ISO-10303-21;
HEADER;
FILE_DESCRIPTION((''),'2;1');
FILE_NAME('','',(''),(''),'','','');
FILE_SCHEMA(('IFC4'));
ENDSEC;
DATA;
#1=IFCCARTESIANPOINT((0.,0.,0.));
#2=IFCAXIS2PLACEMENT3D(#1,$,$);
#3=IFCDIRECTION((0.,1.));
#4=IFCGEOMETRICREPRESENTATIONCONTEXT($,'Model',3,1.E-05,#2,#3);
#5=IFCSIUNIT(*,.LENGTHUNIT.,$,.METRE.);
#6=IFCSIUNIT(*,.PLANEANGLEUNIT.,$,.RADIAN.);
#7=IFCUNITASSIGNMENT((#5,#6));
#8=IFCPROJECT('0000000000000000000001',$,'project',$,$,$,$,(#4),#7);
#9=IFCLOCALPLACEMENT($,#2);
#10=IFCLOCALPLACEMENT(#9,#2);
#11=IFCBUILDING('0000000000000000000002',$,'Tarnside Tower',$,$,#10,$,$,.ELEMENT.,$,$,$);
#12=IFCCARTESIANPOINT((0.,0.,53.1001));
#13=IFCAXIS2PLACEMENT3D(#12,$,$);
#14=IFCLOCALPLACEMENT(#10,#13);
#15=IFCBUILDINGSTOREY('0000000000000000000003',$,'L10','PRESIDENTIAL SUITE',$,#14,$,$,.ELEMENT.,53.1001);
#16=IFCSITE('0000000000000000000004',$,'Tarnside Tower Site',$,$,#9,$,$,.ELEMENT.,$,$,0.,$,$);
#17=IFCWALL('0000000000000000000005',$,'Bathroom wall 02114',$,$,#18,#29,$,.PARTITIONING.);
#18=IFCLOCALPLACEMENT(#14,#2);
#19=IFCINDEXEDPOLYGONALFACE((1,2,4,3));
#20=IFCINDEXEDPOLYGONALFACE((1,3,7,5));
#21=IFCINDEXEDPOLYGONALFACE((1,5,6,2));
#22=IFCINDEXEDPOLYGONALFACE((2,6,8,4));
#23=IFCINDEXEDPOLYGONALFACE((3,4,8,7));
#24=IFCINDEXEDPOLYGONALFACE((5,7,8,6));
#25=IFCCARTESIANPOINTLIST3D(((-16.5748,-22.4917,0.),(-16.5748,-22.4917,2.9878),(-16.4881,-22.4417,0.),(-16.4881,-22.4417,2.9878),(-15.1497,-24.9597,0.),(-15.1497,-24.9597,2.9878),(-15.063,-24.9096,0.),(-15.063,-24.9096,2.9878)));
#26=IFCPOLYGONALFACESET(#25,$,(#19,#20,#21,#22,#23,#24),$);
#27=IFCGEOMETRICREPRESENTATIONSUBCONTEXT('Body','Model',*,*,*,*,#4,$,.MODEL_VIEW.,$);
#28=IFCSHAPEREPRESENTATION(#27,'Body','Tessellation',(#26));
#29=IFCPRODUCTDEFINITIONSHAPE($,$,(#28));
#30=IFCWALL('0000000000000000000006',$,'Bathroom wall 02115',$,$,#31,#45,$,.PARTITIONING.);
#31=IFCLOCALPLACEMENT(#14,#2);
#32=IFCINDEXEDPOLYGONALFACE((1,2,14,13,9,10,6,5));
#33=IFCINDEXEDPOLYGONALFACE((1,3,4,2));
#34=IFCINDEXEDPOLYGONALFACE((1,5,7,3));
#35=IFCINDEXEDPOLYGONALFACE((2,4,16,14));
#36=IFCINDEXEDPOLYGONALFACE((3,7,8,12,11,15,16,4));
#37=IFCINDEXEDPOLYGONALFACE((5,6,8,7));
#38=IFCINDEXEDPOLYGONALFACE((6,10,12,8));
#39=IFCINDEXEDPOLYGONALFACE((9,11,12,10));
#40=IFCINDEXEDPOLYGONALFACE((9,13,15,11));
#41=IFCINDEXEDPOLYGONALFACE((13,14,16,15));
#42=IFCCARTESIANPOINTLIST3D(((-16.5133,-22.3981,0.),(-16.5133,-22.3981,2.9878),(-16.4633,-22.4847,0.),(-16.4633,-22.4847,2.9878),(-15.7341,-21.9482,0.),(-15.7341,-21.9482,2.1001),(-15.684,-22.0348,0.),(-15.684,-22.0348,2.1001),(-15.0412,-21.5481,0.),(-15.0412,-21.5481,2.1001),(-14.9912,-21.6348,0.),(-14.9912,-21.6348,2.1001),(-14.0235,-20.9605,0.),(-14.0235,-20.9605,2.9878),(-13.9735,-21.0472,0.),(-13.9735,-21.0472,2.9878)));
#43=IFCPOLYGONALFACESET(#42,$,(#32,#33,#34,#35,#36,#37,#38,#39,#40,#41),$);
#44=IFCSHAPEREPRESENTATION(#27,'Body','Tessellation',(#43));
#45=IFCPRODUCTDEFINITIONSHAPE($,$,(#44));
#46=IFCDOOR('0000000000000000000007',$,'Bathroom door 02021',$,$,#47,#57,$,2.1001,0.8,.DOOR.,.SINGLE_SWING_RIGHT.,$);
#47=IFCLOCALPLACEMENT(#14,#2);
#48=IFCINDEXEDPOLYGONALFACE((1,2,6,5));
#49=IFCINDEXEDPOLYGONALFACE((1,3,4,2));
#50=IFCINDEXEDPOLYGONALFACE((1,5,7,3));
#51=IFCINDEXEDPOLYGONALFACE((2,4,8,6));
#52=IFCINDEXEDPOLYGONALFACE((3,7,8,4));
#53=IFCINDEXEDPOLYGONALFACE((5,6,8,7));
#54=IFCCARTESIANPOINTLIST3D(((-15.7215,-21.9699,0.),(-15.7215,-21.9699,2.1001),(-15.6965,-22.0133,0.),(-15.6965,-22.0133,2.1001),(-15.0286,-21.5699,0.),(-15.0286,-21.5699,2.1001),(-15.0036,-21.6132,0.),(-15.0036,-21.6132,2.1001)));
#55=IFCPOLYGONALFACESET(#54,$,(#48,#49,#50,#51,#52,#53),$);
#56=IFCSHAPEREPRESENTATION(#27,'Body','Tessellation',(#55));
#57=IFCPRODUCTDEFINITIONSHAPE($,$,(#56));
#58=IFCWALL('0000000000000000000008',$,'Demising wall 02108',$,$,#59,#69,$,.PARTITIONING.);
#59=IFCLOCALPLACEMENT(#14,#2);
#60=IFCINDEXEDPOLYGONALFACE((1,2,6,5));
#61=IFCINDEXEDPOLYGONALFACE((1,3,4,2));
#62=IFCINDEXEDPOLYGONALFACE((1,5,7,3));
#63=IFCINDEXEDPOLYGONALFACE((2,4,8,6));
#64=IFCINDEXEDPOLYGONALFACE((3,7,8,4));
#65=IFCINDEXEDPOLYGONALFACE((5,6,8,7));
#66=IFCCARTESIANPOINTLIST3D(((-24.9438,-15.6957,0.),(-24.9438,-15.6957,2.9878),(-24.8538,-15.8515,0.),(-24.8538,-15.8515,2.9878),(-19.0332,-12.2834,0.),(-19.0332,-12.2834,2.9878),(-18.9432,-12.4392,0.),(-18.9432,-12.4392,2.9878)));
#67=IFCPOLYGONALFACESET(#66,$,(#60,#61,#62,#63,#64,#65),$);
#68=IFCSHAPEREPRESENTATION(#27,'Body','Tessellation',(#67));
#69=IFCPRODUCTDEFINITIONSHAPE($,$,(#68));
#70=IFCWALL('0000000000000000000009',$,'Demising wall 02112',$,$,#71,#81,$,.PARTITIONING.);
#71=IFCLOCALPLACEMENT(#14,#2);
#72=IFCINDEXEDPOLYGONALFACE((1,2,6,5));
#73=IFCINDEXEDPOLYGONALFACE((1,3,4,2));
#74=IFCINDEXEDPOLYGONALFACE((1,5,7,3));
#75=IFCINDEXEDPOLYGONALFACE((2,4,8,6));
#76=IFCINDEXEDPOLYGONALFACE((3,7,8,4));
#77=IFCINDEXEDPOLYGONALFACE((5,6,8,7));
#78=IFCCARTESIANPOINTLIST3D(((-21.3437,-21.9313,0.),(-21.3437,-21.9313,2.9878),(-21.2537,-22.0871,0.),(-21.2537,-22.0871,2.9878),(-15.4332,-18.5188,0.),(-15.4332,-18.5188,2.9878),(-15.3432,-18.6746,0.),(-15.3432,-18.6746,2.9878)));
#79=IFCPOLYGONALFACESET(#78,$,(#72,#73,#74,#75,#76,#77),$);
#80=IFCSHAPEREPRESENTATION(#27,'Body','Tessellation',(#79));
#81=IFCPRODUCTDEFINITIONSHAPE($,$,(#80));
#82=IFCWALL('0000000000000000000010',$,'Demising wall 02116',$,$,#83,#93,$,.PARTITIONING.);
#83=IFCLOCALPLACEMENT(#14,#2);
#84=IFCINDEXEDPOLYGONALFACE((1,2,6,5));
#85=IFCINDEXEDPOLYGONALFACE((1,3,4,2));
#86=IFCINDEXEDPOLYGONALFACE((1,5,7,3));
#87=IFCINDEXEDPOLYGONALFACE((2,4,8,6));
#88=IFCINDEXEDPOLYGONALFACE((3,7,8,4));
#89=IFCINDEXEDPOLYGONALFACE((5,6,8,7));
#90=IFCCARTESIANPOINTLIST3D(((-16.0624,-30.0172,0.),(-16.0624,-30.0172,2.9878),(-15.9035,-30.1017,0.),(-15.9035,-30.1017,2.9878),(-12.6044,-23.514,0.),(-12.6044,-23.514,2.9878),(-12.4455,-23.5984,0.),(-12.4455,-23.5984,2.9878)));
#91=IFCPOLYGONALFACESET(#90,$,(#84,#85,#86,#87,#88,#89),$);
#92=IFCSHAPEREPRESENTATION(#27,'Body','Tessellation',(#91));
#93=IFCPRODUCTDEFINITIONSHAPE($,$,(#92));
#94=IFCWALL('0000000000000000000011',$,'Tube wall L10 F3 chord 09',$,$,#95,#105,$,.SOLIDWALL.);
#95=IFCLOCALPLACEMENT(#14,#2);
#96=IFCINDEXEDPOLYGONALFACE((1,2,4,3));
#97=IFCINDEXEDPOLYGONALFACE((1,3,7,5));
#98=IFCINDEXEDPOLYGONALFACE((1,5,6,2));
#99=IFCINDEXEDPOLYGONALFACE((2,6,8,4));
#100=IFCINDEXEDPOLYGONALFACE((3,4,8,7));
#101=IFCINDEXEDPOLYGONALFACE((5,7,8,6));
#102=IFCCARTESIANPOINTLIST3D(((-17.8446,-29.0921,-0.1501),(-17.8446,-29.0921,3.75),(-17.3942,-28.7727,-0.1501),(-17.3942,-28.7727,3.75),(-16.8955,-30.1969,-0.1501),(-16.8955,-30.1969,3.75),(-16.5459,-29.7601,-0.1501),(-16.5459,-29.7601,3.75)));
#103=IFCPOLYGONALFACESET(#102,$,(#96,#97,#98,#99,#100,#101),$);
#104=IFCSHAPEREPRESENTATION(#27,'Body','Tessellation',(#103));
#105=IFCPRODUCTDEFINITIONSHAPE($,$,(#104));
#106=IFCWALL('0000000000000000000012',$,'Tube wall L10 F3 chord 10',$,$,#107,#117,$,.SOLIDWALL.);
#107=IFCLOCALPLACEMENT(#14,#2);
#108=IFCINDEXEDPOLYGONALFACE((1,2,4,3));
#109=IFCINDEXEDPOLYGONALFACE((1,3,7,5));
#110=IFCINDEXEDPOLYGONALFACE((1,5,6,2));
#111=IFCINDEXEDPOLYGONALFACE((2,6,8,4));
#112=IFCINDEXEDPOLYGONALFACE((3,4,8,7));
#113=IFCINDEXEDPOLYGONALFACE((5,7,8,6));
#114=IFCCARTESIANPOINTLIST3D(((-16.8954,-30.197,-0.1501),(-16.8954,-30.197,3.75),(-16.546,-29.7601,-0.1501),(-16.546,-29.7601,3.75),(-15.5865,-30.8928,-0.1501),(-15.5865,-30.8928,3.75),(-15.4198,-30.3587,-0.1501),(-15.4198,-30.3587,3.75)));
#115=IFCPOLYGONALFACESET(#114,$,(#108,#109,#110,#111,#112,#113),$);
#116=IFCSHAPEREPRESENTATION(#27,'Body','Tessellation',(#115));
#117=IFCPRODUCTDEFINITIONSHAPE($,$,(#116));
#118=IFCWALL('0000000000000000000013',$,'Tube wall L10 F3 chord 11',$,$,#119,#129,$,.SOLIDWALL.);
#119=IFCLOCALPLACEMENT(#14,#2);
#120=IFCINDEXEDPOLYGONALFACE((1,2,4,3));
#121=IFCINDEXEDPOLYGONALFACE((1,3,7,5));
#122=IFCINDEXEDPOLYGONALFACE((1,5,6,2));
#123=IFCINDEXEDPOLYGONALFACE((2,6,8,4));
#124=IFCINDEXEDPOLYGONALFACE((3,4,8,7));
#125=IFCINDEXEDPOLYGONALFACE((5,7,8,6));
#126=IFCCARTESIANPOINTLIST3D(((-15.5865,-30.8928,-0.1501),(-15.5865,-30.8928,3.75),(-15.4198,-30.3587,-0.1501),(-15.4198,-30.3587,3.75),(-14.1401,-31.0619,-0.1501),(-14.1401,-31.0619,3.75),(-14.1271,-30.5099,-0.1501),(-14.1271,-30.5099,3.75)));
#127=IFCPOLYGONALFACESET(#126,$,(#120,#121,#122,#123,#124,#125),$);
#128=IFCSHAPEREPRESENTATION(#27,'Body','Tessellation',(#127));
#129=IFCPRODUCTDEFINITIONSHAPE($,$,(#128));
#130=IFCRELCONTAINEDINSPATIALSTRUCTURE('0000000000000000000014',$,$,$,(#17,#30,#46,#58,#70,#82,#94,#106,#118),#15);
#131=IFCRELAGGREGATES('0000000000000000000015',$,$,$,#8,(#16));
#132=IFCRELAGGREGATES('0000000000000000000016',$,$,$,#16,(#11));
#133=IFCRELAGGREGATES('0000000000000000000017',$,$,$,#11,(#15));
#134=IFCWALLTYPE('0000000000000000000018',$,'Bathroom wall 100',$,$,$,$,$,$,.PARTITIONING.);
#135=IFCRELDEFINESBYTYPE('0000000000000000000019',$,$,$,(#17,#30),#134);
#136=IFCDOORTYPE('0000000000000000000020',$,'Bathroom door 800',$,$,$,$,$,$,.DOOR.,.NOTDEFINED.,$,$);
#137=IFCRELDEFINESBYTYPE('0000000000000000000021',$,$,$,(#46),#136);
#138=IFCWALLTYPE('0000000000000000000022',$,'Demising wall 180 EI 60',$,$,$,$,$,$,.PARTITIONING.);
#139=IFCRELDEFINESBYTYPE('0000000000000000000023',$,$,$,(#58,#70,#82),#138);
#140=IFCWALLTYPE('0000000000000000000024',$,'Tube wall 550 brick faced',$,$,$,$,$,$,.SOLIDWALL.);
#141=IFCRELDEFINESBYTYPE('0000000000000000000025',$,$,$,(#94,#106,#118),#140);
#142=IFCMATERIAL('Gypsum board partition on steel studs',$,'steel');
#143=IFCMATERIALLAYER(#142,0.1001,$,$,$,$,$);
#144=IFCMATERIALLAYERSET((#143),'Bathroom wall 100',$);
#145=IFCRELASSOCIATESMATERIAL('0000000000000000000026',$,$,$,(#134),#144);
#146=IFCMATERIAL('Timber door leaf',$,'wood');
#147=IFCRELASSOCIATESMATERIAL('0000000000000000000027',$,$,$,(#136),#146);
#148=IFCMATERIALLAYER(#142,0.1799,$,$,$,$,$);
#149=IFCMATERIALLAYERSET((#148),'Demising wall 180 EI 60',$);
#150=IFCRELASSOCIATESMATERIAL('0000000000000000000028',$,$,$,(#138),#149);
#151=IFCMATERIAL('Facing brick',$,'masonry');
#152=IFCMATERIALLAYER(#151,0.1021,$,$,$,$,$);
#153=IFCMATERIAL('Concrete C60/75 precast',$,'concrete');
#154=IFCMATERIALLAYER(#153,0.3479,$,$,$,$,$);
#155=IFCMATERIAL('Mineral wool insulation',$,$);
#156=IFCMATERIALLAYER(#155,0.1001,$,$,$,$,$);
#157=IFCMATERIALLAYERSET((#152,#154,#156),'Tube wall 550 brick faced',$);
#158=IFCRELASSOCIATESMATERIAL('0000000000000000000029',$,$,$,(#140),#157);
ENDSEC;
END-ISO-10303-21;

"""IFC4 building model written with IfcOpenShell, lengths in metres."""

from ifc_helpers import new_model, si_unit, direction, frame, frame_2d, origin, place, context, subcontext, project, spatial, polyline, rectangle, outline, extrude, material, layer, layer_set, type_object, element, fill, save


model = new_model("IFC4")

# Units and contexts
model_context = context("Model", 3, precision=1e-05, world=origin(), true_north=direction((0.0, 1.0)))
body_context = subcontext(model_context, "Body", "Model", "MODEL_VIEW")
ifc_project = project(units=[si_unit("LENGTHUNIT", "METRE"), si_unit("PLANEANGLEUNIT", "RADIAN")], contexts=[model_context])

# Site, building, storey
site_placement = place(None, origin())
site = spatial("IfcSite", under=ifc_project, at=site_placement, Name="Tarnside Tower Site", CompositionType="ELEMENT", RefElevation=0.0)
building_placement = place(site_placement, origin())
building = spatial("IfcBuilding", under=site, at=building_placement, Name="Tarnside Tower", CompositionType="ELEMENT")
storey_placement = place(building_placement, frame((0.0, 0.0, 53.1001)))
storey = spatial("IfcBuildingStorey", under=building, at=storey_placement, Name="L10", Description="PRESIDENTIAL SUITE", CompositionType="ELEMENT", Elevation=53.1001)

# Shared definitions
ifc_material_1 = material(Name="Gypsum board partition on steel studs", Category="steel")
ifc_layer_1 = layer(ifc_material_1, 0.1001)
ifc_layer_set_1 = layer_set([ifc_layer_1], Name="Bathroom wall 100")
wall_type_1 = type_object("IfcWallType", Name="Bathroom wall 100", PredefinedType="PARTITIONING", material=ifc_layer_set_1)
ifc_material_2 = material(Name="Timber door leaf", Category="wood")
door_type = type_object("IfcDoorType", Name="Bathroom door 800", OperationType="NOTDEFINED", PredefinedType="DOOR", material=ifc_material_2)

# Wall
wall_1_placement = place(storey_placement, frame((-15.1064, -24.9346, 0.0), z_axis=(0.0, 0.0, 1.0), x_axis=(-0.500036, 0.866004, 0.0)))
element("IfcWall", 1, at=wall_1_placement, inside=storey, type_object=wall_type_1, Name="Bathroom wall 02114", PredefinedType="PARTITIONING", context=body_context, shape_type="SweptSolid", body=[
    extrude(rectangle(XDim=2.8499, YDim=0.1001, at=frame_2d((1.4248, 0.0))), origin(), (0.0, 0.0, 1.0), 2.9878),
])

# Wall, opening, door
wall_2_placement = place(storey_placement, frame((-16.4883, -22.4414, 0.0), z_axis=(0.0, 0.0, 1.0), x_axis=(0.866019, 0.500012, 0.0)))
wall_2 = element("IfcWall", 2, at=wall_2_placement, inside=storey, type_object=wall_type_1, Name="Bathroom wall 02115", PredefinedType="PARTITIONING", context=body_context, shape_type="SweptSolid", body=[
    extrude(rectangle(XDim=2.875, YDim=0.1001, at=frame_2d((1.4375, 0.0))), origin(), (0.0, 0.0, 1.0), 2.9878),
])
opening_1_placement = place(wall_2_placement, frame((0.8999, 0.0, 0.0)))
opening_1 = element("IfcOpeningElement", 3, at=opening_1_placement, cuts=wall_2, PredefinedType="OPENING", context=body_context, shape_type="SweptSolid", body=[
    extrude(rectangle(XDim=0.8, YDim=2.1001, at=frame_2d((0.3999, 1.05))), frame((0.0, 0.0601, 0.0), z_axis=(0.0, -1.0, 0.0), x_axis=(1.0, 0.0, 0.0)), (0.0, 0.0, 1.0), 0.1201),
])
door_1_placement = place(opening_1_placement, origin())
door_1 = element("IfcDoor", 4, at=door_1_placement, inside=storey, type_object=door_type, Name="Bathroom door 02021", OperationType="SINGLE_SWING_RIGHT", OverallHeight=2.1001, OverallWidth=0.8, PredefinedType="DOOR", context=body_context, shape_type="SweptSolid", body=[
    extrude(rectangle(XDim=0.8, YDim=2.1001, at=frame_2d((0.3999, 1.05))), frame((0.0, 0.0249, 0.0), z_axis=(0.0, -1.0, 0.0), x_axis=(1.0, 0.0, 0.0)), (0.0, 0.0, 1.0), 0.05),
])
fill(opening_1, door_1)

# Walls
ifc_layer_2 = layer(ifc_material_1, 0.1799)
ifc_layer_set_2 = layer_set([ifc_layer_2], Name="Demising wall 180 EI 60")
wall_type_2 = type_object("IfcWallType", Name="Demising wall 180 EI 60", PredefinedType="PARTITIONING", material=ifc_layer_set_2)
for number, where, z_axis, x_axis, name in (
    (5, (-24.8989, -15.7737, 0.0), (0.0, 0.0, 1.0), (0.866035, 0.499983, 0.0), "Demising wall 02108"),
    (6, (-21.2988, -22.0093, 0.0), (0.0, 0.0, 1.0), (0.86602, 0.500009, 0.0), "Demising wall 02112"),
):
    element("IfcWall", number, at=place(storey_placement, frame(where, z_axis=z_axis, x_axis=x_axis)), inside=storey, type_object=wall_type_2, Name=name, PredefinedType="PARTITIONING", context=body_context, shape_type="SweptSolid", body=[
        extrude(rectangle(XDim=6.825, YDim=0.1799, at=frame_2d((3.4126, 0.0))), origin(), (0.0, 0.0, 1.0), 2.9878),
    ])
wall_3_placement = place(storey_placement, frame((-15.9829, -30.0593, 0.0), z_axis=(0.0, 0.0, 1.0), x_axis=(0.469494, 0.882936, 0.0)))
element("IfcWall", 7, at=wall_3_placement, inside=storey, type_object=wall_type_2, Name="Demising wall 02116", PredefinedType="PARTITIONING", context=body_context, shape_type="SweptSolid", body=[
    extrude(rectangle(XDim=7.3655, YDim=0.1799, at=frame_2d((3.6826, 0.0))), origin(), (0.0, 0.0, 1.0), 2.9878),
])
ifc_material_3 = material(Name="Facing brick", Category="masonry")
ifc_layer_3 = layer(ifc_material_3, 0.1021)
ifc_material_4 = material(Name="Concrete C60/75 precast", Category="concrete")
ifc_layer_4 = layer(ifc_material_4, 0.3479)
ifc_material_5 = material(Name="Mineral wool insulation")
ifc_layer_5 = layer(ifc_material_5, 0.1001)
ifc_layer_set_3 = layer_set([ifc_layer_3, ifc_layer_4, ifc_layer_5], Name="Tube wall 550 brick faced")
wall_type_3 = type_object("IfcWallType", Name="Tube wall 550 brick faced", PredefinedType="SOLIDWALL", material=ifc_layer_set_3)
wall_4_placement = place(storey_placement, frame((-17.6194, -28.9324, -0.1501), z_axis=(0.0, 0.0, 1.0), x_axis=(0.651622, -0.758544, 0.0)))
element("IfcWall", 8, at=wall_4_placement, inside=storey, type_object=wall_type_3, Name="Tube wall L10 F3 chord 09", PredefinedType="SOLIDWALL", context=body_context, shape_type="SweptSolid", body=[
    extrude(outline(polyline([(-0.0256, -0.2749), (1.4309, -0.2749), (1.3274, 0.2749), (0.0256, 0.2749), (-0.0256, -0.2749)])), origin(), (0.0, 0.0, 1.0), 3.9001),
])
wall_5_placement = place(storey_placement, frame((-16.7207, -29.9785, -0.1501), z_axis=(0.0, 0.0, 1.0), x_axis=(0.882994, -0.469384, 0.0)))
element("IfcWall", 9, at=wall_5_placement, inside=storey, type_object=wall_type_3, Name="Tube wall L10 F3 chord 10", PredefinedType="SOLIDWALL", context=body_context, shape_type="SweptSolid", body=[
    extrude(outline(polyline([(-0.0518, -0.2749), (1.4307, -0.2749), (1.3271, 0.2749), (0.0518, 0.2749), (-0.0518, -0.2749)])), origin(), (0.0, 0.0, 1.0), 3.9001),
])
wall_6_placement = place(storey_placement, frame((-15.5032, -30.6257, -0.1501), z_axis=(0.0, 0.0, 1.0), x_axis=(0.993233, -0.116143, 0.0)))
element("IfcWall", 10, at=wall_6_placement, inside=storey, type_object=wall_type_3, Name="Tube wall L10 F3 chord 11", PredefinedType="SOLIDWALL", context=body_context, shape_type="SweptSolid", body=[
    extrude(outline(polyline([(-0.0518, -0.2749), (1.4045, -0.2749), (1.3533, 0.2749), (0.0518, 0.2749), (-0.0518, -0.2749)])), origin(), (0.0, 0.0, 1.0), 3.9001),
])

save(model, "model.ifc")
